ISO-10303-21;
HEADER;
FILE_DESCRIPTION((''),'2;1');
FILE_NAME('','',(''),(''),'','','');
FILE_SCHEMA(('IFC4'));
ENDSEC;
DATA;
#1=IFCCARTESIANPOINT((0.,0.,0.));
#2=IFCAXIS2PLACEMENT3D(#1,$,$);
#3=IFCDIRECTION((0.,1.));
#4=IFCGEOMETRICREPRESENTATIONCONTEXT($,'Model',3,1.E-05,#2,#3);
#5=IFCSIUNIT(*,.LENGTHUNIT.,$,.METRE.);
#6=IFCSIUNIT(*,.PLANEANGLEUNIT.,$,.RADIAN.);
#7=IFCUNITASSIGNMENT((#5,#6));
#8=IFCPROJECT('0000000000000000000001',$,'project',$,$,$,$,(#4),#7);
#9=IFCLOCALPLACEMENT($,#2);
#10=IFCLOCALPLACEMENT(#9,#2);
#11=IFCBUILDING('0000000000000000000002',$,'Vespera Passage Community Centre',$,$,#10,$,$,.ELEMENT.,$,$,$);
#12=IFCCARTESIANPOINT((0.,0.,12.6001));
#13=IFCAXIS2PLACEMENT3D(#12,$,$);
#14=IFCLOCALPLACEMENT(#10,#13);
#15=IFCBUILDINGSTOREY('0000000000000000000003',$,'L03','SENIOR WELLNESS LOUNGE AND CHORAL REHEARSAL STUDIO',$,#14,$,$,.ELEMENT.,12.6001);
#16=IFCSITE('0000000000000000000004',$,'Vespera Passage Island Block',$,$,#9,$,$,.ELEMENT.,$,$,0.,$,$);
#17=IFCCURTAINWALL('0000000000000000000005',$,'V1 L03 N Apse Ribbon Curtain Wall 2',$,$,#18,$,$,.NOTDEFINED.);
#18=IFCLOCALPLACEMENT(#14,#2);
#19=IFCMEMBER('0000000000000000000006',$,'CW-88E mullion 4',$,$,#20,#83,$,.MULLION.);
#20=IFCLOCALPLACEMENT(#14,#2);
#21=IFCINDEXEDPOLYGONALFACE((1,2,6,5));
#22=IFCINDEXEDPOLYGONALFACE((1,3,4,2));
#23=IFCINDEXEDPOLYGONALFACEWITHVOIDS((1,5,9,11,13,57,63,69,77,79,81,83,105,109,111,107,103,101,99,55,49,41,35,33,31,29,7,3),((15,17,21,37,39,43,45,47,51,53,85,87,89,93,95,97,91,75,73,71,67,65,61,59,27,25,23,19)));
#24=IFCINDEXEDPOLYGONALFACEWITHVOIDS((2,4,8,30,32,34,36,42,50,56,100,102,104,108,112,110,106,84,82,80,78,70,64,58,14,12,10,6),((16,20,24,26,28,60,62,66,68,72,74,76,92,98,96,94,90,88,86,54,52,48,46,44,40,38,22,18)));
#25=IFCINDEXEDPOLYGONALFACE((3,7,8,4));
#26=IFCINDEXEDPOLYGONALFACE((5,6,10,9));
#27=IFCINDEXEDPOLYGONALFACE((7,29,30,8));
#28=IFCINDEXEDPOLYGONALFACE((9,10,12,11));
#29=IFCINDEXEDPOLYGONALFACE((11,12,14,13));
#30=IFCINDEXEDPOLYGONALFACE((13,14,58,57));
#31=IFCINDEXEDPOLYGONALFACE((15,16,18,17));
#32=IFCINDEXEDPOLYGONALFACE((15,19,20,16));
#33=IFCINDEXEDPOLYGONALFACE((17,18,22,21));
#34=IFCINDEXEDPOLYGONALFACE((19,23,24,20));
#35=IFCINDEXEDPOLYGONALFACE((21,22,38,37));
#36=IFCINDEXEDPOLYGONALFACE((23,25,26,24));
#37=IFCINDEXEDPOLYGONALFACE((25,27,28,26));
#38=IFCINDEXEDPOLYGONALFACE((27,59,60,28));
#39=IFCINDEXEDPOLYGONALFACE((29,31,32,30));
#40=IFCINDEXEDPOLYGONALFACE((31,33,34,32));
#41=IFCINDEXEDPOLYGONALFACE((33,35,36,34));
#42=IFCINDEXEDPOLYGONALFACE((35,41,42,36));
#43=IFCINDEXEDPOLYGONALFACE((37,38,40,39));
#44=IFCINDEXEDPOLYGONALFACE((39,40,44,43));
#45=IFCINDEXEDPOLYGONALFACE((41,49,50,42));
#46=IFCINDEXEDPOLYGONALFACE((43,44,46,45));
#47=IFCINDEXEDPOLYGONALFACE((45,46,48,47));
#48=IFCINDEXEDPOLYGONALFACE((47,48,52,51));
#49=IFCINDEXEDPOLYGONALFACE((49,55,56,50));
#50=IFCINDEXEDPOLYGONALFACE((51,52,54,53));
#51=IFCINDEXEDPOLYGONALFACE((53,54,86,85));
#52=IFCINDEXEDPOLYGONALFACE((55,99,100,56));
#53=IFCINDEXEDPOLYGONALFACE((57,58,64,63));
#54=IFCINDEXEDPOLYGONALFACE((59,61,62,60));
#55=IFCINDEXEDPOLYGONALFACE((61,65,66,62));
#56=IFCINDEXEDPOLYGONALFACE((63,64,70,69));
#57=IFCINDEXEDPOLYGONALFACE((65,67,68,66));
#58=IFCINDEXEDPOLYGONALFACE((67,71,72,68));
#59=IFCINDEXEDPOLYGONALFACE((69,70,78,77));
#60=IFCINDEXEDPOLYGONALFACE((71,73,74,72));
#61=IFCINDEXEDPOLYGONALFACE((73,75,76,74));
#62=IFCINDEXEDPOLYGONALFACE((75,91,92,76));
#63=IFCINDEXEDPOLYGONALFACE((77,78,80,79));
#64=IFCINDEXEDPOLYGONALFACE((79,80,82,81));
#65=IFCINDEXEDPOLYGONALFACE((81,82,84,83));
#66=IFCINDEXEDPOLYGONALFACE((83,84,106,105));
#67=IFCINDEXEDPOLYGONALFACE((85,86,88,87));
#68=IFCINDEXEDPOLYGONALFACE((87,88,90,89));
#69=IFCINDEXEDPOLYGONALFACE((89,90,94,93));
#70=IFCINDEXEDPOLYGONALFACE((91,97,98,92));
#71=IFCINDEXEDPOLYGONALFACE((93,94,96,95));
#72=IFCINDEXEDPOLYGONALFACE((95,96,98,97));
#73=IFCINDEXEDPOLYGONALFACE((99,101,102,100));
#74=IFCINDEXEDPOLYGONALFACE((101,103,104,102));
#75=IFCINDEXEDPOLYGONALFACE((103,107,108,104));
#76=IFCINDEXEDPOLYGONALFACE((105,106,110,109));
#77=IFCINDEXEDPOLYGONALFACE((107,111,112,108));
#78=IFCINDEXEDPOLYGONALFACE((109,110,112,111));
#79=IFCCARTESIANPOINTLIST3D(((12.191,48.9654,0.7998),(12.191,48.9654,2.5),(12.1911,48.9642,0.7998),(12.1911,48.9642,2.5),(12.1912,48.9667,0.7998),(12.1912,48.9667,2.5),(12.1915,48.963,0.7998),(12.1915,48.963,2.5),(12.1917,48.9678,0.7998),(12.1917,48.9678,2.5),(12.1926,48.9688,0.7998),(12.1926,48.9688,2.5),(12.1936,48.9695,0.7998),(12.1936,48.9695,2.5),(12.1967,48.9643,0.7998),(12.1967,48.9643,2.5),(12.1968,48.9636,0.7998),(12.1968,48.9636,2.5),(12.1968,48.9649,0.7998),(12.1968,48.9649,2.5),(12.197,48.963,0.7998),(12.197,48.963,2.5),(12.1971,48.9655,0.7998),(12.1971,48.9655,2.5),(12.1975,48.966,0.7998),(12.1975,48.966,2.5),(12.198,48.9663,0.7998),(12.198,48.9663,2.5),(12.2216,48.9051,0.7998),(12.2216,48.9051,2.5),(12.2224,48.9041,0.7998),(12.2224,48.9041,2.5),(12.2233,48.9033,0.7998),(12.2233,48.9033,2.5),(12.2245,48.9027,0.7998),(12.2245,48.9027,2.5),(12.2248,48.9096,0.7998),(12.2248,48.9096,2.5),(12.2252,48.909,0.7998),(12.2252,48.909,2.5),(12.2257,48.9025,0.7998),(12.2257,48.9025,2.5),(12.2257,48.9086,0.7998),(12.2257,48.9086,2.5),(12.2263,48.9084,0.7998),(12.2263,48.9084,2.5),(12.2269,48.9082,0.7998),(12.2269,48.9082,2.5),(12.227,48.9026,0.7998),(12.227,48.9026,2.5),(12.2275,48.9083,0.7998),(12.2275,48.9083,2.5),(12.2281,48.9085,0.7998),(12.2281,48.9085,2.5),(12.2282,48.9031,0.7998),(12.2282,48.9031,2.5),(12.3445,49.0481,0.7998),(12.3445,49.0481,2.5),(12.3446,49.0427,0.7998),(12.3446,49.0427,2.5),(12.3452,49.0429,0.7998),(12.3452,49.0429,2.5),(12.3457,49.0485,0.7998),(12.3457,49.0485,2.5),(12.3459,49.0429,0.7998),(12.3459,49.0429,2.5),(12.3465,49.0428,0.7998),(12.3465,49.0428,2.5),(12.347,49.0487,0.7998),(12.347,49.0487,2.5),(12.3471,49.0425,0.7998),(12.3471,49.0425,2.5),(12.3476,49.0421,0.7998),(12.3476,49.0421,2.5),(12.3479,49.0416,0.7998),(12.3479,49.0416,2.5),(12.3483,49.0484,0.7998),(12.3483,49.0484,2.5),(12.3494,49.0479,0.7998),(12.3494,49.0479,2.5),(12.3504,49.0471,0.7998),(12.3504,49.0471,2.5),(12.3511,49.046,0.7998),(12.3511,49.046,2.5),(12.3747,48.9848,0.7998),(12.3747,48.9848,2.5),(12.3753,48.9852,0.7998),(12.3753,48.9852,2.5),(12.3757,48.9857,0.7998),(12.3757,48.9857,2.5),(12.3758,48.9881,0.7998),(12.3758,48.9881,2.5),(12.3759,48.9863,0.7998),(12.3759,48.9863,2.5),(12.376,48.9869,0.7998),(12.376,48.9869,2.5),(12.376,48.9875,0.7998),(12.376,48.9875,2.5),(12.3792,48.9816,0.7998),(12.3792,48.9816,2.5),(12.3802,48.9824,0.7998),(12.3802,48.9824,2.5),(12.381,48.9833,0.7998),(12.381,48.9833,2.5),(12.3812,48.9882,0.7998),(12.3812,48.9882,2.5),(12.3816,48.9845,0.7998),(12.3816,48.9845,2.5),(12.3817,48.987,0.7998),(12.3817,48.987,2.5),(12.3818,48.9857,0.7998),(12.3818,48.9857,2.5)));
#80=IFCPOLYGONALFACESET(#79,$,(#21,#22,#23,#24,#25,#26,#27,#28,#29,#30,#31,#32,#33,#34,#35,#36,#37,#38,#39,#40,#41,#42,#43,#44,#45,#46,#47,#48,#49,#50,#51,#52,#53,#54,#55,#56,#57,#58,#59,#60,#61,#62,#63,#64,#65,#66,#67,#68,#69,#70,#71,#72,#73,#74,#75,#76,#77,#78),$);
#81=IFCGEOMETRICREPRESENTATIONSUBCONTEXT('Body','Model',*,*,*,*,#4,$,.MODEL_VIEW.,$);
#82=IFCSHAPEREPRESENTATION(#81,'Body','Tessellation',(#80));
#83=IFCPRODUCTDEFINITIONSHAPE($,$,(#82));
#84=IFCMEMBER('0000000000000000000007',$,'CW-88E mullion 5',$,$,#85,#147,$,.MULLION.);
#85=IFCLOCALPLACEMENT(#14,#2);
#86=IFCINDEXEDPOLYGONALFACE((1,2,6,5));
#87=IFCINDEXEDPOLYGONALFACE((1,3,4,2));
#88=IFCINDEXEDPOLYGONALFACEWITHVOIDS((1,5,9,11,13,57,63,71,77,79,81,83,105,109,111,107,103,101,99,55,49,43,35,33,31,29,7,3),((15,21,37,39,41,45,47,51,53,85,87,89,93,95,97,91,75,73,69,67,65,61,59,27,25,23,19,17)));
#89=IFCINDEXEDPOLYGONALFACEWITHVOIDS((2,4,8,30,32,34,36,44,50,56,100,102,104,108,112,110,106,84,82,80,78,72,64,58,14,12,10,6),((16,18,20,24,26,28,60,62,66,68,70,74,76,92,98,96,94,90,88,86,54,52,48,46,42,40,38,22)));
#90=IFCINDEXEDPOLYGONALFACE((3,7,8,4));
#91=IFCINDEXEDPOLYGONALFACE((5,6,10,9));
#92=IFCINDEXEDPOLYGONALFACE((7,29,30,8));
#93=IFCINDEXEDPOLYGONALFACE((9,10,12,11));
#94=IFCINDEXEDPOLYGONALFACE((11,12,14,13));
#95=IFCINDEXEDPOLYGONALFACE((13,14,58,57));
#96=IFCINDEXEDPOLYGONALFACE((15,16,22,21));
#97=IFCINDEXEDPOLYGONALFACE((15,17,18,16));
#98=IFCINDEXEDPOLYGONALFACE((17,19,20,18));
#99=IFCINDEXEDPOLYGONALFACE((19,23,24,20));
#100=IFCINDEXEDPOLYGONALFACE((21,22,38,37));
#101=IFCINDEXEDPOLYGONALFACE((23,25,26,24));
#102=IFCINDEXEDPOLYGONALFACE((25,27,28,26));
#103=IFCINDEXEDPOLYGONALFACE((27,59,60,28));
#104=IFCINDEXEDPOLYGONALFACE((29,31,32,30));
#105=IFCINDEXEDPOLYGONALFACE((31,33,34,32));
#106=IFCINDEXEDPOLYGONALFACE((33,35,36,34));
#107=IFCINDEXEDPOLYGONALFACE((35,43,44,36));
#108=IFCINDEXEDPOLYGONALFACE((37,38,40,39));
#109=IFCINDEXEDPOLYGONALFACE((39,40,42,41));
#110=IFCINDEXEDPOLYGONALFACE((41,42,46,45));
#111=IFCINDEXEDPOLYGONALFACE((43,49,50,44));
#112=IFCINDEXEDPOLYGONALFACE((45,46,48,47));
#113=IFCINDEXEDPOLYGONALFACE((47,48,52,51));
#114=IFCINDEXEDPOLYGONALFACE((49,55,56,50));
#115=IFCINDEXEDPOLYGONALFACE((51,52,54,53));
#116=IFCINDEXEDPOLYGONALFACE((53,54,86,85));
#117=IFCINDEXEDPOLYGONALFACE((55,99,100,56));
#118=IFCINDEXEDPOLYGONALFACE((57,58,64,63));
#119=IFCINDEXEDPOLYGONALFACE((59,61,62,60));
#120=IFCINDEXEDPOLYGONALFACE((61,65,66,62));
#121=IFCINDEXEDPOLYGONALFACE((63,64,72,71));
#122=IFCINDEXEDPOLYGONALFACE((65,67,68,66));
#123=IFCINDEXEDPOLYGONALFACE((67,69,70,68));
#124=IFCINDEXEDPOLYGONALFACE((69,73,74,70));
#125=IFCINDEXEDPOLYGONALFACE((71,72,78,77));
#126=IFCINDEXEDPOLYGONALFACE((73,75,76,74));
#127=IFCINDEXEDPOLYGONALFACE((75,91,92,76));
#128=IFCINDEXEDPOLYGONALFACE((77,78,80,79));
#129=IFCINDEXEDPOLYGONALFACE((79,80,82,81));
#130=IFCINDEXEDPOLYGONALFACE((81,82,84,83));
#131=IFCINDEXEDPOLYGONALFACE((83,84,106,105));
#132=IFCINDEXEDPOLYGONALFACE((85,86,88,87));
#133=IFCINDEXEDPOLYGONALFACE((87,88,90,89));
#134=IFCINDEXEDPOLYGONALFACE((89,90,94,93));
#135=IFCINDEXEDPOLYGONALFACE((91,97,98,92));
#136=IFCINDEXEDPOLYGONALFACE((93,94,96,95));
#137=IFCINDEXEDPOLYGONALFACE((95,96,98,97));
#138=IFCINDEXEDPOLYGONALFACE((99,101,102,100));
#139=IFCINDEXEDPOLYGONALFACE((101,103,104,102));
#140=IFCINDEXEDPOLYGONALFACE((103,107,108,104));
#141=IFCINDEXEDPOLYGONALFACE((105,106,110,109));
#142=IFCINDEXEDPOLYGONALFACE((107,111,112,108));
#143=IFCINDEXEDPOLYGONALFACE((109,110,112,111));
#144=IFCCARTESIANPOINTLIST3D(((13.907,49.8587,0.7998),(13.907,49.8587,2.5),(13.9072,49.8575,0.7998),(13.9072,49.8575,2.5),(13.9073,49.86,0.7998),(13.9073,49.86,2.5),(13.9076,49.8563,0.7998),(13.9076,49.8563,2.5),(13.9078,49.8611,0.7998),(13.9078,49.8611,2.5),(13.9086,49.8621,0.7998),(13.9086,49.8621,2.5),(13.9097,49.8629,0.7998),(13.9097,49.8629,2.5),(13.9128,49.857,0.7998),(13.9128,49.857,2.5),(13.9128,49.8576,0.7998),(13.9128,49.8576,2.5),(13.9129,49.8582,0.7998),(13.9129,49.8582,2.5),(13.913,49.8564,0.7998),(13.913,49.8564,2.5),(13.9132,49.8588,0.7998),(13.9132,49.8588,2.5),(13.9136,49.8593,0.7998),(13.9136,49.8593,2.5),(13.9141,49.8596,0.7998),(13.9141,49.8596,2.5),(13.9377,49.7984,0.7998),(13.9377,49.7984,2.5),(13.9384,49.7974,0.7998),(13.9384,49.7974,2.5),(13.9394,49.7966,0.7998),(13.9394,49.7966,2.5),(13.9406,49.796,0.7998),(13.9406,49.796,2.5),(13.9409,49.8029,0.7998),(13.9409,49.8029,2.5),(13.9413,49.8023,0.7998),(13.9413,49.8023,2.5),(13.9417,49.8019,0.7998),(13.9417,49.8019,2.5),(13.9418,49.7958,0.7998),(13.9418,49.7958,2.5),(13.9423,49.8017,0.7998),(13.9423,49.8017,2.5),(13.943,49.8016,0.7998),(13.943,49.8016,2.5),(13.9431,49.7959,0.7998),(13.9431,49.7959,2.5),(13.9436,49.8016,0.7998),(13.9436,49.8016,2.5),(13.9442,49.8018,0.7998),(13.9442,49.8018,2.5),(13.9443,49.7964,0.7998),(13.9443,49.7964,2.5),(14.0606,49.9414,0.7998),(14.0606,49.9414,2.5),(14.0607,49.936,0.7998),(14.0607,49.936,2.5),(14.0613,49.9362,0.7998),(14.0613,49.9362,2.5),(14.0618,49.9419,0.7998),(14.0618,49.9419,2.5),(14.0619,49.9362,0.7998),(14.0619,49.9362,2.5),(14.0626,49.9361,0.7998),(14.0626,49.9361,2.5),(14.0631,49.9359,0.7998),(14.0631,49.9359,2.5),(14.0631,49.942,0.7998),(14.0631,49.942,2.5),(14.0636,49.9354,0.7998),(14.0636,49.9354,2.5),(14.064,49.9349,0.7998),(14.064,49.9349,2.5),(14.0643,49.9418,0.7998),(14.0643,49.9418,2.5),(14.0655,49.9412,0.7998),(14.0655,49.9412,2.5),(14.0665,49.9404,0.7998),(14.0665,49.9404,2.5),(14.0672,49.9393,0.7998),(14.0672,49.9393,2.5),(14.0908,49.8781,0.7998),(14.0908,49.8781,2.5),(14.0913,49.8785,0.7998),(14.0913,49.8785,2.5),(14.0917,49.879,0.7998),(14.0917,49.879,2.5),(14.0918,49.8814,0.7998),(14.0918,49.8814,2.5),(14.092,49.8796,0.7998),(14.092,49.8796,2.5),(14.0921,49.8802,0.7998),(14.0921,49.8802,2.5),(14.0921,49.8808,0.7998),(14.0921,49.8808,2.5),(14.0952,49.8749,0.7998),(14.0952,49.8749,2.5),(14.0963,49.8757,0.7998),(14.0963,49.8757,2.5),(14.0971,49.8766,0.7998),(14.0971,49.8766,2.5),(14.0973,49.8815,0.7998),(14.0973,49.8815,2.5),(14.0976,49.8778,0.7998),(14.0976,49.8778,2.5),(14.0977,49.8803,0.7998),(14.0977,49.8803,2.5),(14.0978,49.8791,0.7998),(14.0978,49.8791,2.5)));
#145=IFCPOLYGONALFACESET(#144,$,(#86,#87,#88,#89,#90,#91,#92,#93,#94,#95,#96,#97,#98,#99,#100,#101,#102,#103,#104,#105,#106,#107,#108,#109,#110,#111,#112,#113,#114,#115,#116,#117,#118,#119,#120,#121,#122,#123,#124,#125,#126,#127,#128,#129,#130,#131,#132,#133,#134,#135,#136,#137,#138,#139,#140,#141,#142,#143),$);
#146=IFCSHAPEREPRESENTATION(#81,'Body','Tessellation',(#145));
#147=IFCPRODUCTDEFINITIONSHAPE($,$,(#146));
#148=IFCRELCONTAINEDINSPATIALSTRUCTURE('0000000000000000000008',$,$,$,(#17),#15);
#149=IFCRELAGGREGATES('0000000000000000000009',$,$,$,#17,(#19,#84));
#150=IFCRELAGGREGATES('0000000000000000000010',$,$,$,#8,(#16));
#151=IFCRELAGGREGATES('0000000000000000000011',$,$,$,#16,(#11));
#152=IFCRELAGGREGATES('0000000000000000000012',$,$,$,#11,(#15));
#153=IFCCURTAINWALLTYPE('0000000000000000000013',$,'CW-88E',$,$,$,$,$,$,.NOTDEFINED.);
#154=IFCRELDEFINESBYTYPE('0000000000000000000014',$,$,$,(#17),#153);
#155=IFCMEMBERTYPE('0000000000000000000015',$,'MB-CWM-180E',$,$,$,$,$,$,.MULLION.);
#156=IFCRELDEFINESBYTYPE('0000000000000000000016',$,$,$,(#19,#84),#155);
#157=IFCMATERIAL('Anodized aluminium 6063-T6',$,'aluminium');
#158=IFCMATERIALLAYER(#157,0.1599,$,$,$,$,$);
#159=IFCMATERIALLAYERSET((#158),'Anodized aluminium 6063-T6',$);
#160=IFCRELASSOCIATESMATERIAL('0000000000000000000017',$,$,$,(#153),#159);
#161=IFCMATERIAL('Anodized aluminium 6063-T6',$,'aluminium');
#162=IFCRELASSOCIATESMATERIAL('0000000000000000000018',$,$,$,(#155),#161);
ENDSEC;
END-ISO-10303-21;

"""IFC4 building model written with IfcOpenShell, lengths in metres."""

from ifc_helpers import new_model, si_unit, direction, frame, origin, origin_2d, place, context, subcontext, project, spatial, hollow_rectangle, extrude, material, layer, layer_set, material_profile, profile_set, type_object, element, aggregate, save


model = new_model("IFC4")

# Units and contexts
model_context = context("Model", 3, precision=1e-05, world=origin(), true_north=direction((0.0, 1.0)))
body_context = subcontext(model_context, "Body", "Model", "MODEL_VIEW")
ifc_project = project(units=[si_unit("LENGTHUNIT", "METRE"), si_unit("PLANEANGLEUNIT", "RADIAN")], contexts=[model_context])

# Site, building, storey
site_placement = place(None, origin())
site = spatial("IfcSite", under=ifc_project, at=site_placement, Name="Vespera Passage Island Block", CompositionType="ELEMENT", RefElevation=0.0)
building_placement = place(site_placement, origin())
building = spatial("IfcBuilding", under=site, at=building_placement, Name="Vespera Passage Community Centre", CompositionType="ELEMENT")
storey_placement = place(building_placement, frame((0.0, 0.0, 12.6001)))
storey = spatial("IfcBuildingStorey", under=building, at=storey_placement, Name="L03", Description="SENIOR WELLNESS LOUNGE AND CHORAL REHEARSAL STUDIO", CompositionType="ELEMENT", Elevation=12.6001)

# Curtain wall, members
ifc_material_1 = material(Name="Anodized aluminium 6063-T6", Category="aluminium")
ifc_layer_1 = layer(ifc_material_1, 0.1599)
ifc_layer_set_1 = layer_set([ifc_layer_1], Name="Anodized aluminium 6063-T6")
curtain_wall_type = type_object("IfcCurtainWallType", Name="CW-88E", PredefinedType="NOTDEFINED", material=ifc_layer_set_1)
curtain_wall_placement = place(storey_placement, origin())
curtain_wall = element("IfcCurtainWall", 1, at=curtain_wall_placement, inside=storey, type_object=curtain_wall_type, Name="V1 L03 N Apse Ribbon Curtain Wall 2", PredefinedType="NOTDEFINED")
ifc_material_2 = material(Name="Anodized aluminium 6063-T6", Category="aluminium")
ifc_material_profile_1 = material_profile(ifc_material_2, hollow_rectangle(XDim=0.075, YDim=0.1799, WallThickness=0.0049, InnerFilletRadius=0.0024, OuterFilletRadius=0.0049, at=origin_2d()), Name="ALU180X75X5")
ifc_profile_set_1 = profile_set([ifc_material_profile_1], Name="Anodized aluminium 6063-T6")
member_type_1 = type_object("IfcMemberType", Name="MB-CWM-180E", PredefinedType="MULLION", material=ifc_profile_set_1)
member_1_placement = place(storey_placement, frame((12.2864, 48.9756, 0.7998), z_axis=(0.0, 0.0, 1.0), x_axis=(-0.461745, 0.887013, 0.0)))
member_1 = element("IfcMember", 2, at=member_1_placement, type_object=member_type_1, Name="CW-88E mullion 4", PredefinedType="MULLION", context=body_context, shape_type="SweptSolid", body=[
    extrude(hollow_rectangle(XDim=0.075, YDim=0.1799, WallThickness=0.0049, InnerFilletRadius=0.0024, OuterFilletRadius=0.0049, at=origin_2d()), origin(), (0.0, 0.0, 1.0), 1.7002),
])
member_2_placement = place(storey_placement, frame((14.0024, 49.8689, 0.7998), z_axis=(0.0, 0.0, 1.0), x_axis=(-0.461745, 0.887013, 0.0)))
member_2 = element("IfcMember", 3, at=member_2_placement, type_object=member_type_1, Name="CW-88E mullion 5", PredefinedType="MULLION", context=body_context, shape_type="SweptSolid", body=[
    extrude(hollow_rectangle(XDim=0.075, YDim=0.1799, WallThickness=0.0049, InnerFilletRadius=0.0024, OuterFilletRadius=0.0049, at=origin_2d()), origin(), (0.0, 0.0, 1.0), 1.7002),
])
aggregate(curtain_wall, [member_1, member_2])

save(model, "model.ifc")
